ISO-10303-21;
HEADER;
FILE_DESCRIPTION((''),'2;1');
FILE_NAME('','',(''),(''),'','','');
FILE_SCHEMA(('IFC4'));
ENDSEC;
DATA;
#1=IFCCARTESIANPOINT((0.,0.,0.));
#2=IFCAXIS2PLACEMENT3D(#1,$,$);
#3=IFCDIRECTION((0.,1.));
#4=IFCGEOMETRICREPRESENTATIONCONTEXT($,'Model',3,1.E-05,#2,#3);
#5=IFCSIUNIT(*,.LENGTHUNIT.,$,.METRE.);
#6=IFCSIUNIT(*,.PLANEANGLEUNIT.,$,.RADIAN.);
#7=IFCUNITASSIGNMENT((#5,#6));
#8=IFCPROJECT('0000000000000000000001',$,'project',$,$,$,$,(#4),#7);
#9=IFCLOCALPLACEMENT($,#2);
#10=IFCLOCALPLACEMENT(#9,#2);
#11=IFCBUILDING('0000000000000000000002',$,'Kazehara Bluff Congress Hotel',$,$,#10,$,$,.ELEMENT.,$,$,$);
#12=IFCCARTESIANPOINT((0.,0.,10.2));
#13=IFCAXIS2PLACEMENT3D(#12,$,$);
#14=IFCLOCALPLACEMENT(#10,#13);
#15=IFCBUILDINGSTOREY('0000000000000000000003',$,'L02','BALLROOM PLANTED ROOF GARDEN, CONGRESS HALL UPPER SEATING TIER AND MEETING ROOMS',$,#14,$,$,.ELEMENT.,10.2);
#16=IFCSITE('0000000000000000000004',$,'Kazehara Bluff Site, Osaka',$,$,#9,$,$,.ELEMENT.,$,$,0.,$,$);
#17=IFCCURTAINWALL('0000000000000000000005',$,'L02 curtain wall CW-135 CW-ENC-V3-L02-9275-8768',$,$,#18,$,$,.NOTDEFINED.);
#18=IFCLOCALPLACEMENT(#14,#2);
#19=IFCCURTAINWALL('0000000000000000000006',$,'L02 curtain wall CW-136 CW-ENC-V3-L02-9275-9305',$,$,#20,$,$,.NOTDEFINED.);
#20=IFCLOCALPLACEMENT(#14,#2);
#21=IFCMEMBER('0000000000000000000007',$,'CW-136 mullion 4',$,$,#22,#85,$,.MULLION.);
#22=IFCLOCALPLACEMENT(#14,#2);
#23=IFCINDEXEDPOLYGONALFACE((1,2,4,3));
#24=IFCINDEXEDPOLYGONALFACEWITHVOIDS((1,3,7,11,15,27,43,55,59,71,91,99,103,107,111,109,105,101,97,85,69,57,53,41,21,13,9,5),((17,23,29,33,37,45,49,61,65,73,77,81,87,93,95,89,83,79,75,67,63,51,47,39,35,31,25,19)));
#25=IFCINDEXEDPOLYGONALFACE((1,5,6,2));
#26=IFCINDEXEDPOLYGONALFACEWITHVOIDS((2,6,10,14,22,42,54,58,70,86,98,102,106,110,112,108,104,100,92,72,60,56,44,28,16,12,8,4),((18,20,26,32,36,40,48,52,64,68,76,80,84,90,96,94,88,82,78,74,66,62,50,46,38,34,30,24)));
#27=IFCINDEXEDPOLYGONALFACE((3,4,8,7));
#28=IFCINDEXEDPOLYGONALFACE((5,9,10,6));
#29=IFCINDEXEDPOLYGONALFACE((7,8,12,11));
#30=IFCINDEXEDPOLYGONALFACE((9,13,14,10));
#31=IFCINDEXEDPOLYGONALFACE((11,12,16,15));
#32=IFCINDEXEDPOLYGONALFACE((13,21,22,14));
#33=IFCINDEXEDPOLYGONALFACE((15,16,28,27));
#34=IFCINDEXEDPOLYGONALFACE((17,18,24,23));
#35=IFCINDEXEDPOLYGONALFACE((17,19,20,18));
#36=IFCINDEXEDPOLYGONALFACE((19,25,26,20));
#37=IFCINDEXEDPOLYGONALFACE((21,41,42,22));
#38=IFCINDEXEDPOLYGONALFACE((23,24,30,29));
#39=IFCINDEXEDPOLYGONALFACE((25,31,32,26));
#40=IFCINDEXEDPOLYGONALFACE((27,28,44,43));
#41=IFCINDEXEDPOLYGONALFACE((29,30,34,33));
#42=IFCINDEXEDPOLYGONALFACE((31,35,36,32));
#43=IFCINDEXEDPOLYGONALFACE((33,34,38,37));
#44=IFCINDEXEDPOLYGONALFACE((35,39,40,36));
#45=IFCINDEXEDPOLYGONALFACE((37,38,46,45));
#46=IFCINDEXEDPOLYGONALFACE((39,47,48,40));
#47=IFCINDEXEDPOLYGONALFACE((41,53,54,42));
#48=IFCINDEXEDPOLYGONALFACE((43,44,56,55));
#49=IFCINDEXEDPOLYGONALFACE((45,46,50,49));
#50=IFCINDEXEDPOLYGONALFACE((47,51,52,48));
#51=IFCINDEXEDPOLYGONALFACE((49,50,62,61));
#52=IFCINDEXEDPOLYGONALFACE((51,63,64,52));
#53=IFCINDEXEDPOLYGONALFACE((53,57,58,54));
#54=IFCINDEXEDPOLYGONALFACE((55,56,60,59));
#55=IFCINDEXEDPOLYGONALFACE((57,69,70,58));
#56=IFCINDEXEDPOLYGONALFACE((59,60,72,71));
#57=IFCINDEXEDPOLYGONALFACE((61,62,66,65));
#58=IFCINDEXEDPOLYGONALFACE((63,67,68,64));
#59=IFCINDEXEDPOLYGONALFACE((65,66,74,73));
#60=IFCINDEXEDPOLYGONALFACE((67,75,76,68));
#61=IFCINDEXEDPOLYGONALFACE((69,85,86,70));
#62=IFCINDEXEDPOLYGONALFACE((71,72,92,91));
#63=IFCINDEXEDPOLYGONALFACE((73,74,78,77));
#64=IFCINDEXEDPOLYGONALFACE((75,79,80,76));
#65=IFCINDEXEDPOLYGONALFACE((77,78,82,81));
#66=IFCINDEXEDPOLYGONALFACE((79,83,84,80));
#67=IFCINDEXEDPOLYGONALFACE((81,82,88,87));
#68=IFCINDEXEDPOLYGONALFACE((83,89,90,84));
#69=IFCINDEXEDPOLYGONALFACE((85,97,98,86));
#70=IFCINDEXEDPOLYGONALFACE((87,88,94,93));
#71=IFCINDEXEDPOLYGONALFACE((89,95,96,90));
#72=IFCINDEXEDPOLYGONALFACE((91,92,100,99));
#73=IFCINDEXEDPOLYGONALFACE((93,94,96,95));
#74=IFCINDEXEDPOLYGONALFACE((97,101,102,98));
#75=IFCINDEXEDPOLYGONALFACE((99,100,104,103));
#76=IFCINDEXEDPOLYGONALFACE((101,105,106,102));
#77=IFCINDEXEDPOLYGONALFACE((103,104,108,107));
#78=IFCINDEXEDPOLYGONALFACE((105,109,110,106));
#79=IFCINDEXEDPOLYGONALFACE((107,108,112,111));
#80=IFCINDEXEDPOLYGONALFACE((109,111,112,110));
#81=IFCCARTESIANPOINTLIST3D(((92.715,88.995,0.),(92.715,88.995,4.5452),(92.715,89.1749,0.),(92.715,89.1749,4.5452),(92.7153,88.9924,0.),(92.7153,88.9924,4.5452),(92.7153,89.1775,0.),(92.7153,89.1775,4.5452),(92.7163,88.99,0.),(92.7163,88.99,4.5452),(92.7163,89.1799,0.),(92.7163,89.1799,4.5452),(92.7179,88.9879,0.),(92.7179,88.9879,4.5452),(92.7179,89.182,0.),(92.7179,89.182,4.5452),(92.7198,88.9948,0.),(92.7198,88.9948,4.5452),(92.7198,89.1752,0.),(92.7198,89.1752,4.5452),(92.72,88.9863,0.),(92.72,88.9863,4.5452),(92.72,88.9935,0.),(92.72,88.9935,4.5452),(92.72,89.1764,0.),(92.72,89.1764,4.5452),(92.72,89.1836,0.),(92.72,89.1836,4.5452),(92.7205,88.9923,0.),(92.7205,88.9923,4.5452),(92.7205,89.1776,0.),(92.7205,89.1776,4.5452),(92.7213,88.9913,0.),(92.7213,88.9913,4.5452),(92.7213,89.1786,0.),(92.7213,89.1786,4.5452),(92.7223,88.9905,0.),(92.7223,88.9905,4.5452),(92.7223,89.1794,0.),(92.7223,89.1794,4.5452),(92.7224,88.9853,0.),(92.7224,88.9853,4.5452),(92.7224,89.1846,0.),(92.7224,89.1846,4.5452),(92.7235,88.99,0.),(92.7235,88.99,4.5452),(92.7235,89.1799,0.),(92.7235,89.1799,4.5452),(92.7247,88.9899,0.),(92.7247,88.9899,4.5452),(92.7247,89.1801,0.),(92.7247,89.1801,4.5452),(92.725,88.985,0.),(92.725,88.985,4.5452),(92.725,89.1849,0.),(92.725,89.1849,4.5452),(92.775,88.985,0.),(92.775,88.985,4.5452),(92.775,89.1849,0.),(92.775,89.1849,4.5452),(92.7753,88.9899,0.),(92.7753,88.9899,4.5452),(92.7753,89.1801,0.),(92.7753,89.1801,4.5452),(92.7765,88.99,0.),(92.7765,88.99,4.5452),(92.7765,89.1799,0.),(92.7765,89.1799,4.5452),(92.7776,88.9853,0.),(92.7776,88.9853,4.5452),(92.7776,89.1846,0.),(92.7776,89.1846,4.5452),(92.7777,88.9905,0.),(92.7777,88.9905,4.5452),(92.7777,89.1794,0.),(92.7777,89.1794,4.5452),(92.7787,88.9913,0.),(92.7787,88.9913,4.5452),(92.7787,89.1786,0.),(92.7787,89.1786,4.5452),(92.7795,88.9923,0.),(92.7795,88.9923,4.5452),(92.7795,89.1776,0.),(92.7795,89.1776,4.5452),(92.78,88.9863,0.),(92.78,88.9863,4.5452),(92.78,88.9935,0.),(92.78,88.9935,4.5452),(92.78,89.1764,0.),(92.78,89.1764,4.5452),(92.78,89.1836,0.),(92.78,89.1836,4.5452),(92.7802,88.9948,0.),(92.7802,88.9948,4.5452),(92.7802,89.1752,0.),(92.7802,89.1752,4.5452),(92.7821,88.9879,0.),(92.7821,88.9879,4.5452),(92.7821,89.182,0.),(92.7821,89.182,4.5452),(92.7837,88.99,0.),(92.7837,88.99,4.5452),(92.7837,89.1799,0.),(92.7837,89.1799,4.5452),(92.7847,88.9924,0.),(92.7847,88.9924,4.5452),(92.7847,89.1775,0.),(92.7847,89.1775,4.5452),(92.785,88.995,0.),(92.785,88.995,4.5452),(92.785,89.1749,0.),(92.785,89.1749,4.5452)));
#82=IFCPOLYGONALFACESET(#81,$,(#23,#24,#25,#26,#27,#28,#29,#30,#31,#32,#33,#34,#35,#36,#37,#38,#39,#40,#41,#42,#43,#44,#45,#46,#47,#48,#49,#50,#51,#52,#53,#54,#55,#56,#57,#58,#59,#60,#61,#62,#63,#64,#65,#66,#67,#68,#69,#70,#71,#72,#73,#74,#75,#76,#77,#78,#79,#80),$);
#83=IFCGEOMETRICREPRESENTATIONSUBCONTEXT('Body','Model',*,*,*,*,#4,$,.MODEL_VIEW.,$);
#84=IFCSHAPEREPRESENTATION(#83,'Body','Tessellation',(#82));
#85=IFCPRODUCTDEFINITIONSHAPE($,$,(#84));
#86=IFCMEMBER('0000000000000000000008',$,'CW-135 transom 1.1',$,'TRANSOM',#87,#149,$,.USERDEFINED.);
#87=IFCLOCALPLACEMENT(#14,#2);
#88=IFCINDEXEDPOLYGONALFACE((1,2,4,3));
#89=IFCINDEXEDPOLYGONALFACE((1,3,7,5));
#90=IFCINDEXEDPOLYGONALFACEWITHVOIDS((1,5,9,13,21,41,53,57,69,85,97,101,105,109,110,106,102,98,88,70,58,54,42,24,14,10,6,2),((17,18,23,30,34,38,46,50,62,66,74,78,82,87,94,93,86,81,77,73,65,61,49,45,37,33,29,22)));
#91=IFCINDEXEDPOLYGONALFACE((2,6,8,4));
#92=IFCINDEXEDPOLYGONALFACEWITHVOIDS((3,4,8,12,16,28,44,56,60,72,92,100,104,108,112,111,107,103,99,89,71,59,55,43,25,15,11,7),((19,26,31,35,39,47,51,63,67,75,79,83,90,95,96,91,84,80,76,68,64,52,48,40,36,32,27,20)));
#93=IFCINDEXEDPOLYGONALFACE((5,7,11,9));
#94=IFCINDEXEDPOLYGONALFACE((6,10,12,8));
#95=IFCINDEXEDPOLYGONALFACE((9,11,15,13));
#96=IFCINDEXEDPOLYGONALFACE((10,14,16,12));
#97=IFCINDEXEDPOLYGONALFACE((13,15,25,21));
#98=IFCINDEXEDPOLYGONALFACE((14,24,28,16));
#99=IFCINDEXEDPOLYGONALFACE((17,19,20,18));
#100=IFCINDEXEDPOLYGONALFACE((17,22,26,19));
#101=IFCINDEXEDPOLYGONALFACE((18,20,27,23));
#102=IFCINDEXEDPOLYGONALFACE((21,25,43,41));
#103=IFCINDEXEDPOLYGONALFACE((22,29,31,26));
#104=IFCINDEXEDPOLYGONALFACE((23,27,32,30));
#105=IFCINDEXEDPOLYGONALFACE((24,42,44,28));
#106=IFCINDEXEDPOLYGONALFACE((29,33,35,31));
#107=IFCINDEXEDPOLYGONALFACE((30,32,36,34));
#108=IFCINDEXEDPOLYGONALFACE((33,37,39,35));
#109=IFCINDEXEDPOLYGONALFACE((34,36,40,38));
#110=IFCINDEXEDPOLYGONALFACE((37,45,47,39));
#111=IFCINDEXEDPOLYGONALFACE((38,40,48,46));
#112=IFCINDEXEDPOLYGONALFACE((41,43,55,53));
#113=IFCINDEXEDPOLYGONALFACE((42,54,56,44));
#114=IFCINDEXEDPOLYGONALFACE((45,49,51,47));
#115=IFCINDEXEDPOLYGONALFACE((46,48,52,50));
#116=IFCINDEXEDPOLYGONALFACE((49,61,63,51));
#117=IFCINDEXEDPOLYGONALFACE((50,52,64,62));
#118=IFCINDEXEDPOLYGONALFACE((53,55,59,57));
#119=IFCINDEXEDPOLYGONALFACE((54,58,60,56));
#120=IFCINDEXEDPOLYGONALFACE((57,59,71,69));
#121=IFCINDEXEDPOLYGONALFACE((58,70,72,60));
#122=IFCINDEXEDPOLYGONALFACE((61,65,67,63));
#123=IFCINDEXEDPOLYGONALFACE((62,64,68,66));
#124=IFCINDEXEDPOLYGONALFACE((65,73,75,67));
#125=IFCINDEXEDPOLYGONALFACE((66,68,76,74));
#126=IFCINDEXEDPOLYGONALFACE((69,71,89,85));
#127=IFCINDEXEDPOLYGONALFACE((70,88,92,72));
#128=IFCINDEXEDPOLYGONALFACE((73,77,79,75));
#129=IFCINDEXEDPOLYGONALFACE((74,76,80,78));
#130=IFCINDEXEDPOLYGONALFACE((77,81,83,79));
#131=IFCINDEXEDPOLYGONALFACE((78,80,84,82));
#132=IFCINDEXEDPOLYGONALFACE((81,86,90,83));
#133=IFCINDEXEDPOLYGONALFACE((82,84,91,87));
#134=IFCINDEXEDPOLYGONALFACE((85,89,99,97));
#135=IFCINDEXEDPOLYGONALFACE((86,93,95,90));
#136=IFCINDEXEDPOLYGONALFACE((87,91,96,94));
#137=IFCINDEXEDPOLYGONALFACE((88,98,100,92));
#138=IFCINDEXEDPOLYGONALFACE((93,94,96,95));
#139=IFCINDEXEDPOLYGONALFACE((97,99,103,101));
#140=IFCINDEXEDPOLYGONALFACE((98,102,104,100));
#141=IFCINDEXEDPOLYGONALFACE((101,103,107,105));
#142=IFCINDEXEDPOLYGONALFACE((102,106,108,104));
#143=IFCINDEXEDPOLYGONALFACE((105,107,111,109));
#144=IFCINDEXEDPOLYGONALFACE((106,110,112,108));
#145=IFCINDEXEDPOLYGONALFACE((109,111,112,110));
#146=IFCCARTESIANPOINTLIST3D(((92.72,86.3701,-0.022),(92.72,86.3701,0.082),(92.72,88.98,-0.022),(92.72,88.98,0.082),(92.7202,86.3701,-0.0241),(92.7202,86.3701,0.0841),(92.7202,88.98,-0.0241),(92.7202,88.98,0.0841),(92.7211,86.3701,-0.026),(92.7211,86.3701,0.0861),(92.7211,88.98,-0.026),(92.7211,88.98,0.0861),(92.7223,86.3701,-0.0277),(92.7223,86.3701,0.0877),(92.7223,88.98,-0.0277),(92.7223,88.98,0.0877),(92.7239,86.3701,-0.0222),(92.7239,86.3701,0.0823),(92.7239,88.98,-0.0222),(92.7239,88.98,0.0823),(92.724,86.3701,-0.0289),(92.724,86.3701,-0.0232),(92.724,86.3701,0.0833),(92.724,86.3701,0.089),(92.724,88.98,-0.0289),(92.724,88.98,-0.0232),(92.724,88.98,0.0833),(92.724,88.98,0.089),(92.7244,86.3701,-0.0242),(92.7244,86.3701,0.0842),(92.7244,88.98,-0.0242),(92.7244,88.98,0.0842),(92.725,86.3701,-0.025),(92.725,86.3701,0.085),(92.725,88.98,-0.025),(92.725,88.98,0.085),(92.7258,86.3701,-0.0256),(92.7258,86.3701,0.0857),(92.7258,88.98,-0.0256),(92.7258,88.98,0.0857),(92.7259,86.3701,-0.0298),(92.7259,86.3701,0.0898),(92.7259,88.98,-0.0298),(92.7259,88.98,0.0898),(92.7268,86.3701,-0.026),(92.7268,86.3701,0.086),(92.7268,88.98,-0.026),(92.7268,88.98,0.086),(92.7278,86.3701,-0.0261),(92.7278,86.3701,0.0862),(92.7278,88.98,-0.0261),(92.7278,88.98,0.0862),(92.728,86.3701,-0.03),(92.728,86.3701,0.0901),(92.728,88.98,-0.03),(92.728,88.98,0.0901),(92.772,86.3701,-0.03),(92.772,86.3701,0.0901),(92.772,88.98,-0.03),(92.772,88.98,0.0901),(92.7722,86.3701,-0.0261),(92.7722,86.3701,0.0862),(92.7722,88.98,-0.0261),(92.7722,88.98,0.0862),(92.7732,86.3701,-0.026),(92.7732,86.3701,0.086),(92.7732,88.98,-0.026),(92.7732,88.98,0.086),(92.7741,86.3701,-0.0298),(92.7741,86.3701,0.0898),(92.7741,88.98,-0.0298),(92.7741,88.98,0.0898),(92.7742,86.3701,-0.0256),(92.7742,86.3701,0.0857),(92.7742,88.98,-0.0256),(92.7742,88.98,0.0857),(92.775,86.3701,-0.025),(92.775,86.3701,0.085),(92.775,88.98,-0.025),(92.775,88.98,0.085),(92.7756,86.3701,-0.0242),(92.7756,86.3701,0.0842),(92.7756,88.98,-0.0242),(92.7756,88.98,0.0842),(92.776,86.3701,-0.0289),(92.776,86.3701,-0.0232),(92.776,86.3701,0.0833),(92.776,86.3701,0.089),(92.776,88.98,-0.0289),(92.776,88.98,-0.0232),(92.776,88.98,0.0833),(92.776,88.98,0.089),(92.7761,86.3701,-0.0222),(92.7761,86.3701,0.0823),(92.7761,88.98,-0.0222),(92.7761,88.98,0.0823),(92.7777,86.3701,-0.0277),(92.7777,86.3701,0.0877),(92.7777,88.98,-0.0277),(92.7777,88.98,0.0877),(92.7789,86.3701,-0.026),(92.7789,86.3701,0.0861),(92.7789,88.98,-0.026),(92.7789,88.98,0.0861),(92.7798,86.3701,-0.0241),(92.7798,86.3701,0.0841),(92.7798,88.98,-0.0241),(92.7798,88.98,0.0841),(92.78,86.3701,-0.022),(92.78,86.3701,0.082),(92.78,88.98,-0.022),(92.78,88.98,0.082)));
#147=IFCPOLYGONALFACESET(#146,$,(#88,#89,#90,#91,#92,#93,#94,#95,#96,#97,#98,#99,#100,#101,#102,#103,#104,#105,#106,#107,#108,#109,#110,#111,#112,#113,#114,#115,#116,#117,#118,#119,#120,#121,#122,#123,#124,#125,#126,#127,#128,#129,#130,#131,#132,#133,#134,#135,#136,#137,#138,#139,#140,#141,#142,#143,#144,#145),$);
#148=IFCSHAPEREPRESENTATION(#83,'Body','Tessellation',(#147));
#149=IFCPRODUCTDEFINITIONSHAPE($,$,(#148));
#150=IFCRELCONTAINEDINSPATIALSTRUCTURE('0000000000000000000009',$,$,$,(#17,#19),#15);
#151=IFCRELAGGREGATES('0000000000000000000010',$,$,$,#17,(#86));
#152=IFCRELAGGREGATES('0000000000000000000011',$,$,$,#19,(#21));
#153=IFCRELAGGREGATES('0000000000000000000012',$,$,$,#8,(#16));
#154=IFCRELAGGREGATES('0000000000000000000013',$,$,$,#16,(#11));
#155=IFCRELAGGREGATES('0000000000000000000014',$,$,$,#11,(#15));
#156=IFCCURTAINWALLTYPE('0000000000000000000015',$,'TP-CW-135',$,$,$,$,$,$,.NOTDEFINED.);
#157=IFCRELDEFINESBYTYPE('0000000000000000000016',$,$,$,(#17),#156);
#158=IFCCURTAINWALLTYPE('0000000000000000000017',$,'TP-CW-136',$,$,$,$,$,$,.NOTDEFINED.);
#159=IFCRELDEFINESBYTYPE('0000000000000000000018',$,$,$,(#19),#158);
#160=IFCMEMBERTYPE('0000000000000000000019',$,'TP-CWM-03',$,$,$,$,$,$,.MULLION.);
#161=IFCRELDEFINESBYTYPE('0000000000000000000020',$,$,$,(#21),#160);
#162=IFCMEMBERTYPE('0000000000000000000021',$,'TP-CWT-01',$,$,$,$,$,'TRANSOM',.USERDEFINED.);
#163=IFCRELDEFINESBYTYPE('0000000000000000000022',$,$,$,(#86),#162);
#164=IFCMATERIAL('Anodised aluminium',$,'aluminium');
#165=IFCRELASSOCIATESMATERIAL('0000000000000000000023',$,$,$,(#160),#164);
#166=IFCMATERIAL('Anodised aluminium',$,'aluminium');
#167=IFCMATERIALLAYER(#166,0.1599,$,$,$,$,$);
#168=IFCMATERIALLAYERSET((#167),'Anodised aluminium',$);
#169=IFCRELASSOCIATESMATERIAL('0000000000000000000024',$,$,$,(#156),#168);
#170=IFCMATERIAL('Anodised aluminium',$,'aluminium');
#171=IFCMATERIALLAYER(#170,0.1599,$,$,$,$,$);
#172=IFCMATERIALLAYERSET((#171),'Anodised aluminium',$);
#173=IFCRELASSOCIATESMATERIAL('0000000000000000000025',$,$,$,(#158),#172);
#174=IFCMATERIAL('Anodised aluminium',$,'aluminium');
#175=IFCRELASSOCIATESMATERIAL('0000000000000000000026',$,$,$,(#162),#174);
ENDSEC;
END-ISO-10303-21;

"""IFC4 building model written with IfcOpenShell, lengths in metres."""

from ifc_helpers import new_model, si_unit, direction, frame, origin, origin_2d, place, context, subcontext, project, spatial, hollow_rectangle, extrude, material, layer, layer_set, material_profile, profile_set, type_object, element, aggregate, save


model = new_model("IFC4")

# Units and contexts
model_context = context("Model", 3, precision=1e-05, world=origin(), true_north=direction((0.0, 1.0)))
body_context = subcontext(model_context, "Body", "Model", "MODEL_VIEW")
ifc_project = project(units=[si_unit("LENGTHUNIT", "METRE"), si_unit("PLANEANGLEUNIT", "RADIAN")], contexts=[model_context])

# Site, building, storey
site_placement = place(None, origin())
site = spatial("IfcSite", under=ifc_project, at=site_placement, Name="Kazehara Bluff Site, Osaka", CompositionType="ELEMENT", RefElevation=0.0)
building_placement = place(site_placement, origin())
building = spatial("IfcBuilding", under=site, at=building_placement, Name="Kazehara Bluff Congress Hotel", CompositionType="ELEMENT")
storey_placement = place(building_placement, frame((0.0, 0.0, 10.2)))
storey = spatial("IfcBuildingStorey", under=building, at=storey_placement, Name="L02", Description="BALLROOM PLANTED ROOF GARDEN, CONGRESS HALL UPPER SEATING TIER AND MEETING ROOMS", CompositionType="ELEMENT", Elevation=10.2)

# Curtain wall
ifc_material_1 = material(Name="Anodised aluminium", Category="aluminium")
ifc_material_profile_1 = material_profile(ifc_material_1, hollow_rectangle(XDim=0.0701, YDim=0.2, WallThickness=0.0049, InnerFilletRadius=0.0049, OuterFilletRadius=0.01, at=origin_2d()))
ifc_profile_set_1 = profile_set([ifc_material_profile_1], Name="Anodised aluminium")
member_type_1 = type_object("IfcMemberType", Name="TP-CWM-03", PredefinedType="MULLION", material=ifc_profile_set_1)
ifc_material_2 = material(Name="Anodised aluminium", Category="aluminium")
ifc_layer_1 = layer(ifc_material_2, 0.1599)
ifc_layer_set_1 = layer_set([ifc_layer_1], Name="Anodised aluminium")
curtain_wall_type_1 = type_object("IfcCurtainWallType", Name="TP-CW-135", PredefinedType="NOTDEFINED", material=ifc_layer_set_1)
curtain_wall_1_placement = place(storey_placement, origin())
curtain_wall_1 = element("IfcCurtainWall", 1, at=curtain_wall_1_placement, inside=storey, type_object=curtain_wall_type_1, Name="L02 curtain wall CW-135 CW-ENC-V3-L02-9275-8768", PredefinedType="NOTDEFINED")

# Curtain wall, member
ifc_material_3 = material(Name="Anodised aluminium", Category="aluminium")
ifc_layer_2 = layer(ifc_material_3, 0.1599)
ifc_layer_set_2 = layer_set([ifc_layer_2], Name="Anodised aluminium")
curtain_wall_type_2 = type_object("IfcCurtainWallType", Name="TP-CW-136", PredefinedType="NOTDEFINED", material=ifc_layer_set_2)
curtain_wall_2_placement = place(storey_placement, origin())
curtain_wall_2 = element("IfcCurtainWall", 2, at=curtain_wall_2_placement, inside=storey, type_object=curtain_wall_type_2, Name="L02 curtain wall CW-136 CW-ENC-V3-L02-9275-9305", PredefinedType="NOTDEFINED")
member_1_placement = place(storey_placement, frame((92.75, 89.085, 0.0), z_axis=(0.0, 0.0, 1.0), x_axis=(1.0, 0.0, 0.0)))
member_1 = element("IfcMember", 3, at=member_1_placement, type_object=member_type_1, Name="CW-136 mullion 4", PredefinedType="MULLION", context=body_context, shape_type="SweptSolid", body=[
    extrude(hollow_rectangle(XDim=0.0701, YDim=0.2, WallThickness=0.0049, InnerFilletRadius=0.0049, OuterFilletRadius=0.01, at=origin_2d()), origin(), (0.0, 0.0, 1.0), 4.5452),
])

# Member
ifc_material_4 = material(Name="Anodised aluminium", Category="aluminium")
ifc_material_profile_2 = material_profile(ifc_material_4, hollow_rectangle(XDim=0.0601, YDim=0.1201, WallThickness=0.0039, InnerFilletRadius=0.0039, OuterFilletRadius=0.0081, at=origin_2d()))
ifc_profile_set_2 = profile_set([ifc_material_profile_2], Name="Anodised aluminium")
member_type_2 = type_object("IfcMemberType", Name="TP-CWT-01", ElementType="TRANSOM", PredefinedType="USERDEFINED", material=ifc_profile_set_2)
member_2_placement = place(storey_placement, frame((92.75, 88.98, 0.03), z_axis=(0.0, -1.0, 0.0), x_axis=(1.0, 0.0, 0.0)))
member_2 = element("IfcMember", 4, at=member_2_placement, type_object=member_type_2, Name="CW-135 transom 1.1", ObjectType="TRANSOM", PredefinedType="USERDEFINED", context=body_context, shape_type="SweptSolid", body=[
    extrude(hollow_rectangle(XDim=0.0601, YDim=0.1201, WallThickness=0.0039, InnerFilletRadius=0.0039, OuterFilletRadius=0.0081, at=origin_2d()), origin(), (0.0, 0.0, 1.0), 2.6099),
])

aggregate(curtain_wall_1, [member_2])
aggregate(curtain_wall_2, [member_1])

save(model, "model.ifc")
